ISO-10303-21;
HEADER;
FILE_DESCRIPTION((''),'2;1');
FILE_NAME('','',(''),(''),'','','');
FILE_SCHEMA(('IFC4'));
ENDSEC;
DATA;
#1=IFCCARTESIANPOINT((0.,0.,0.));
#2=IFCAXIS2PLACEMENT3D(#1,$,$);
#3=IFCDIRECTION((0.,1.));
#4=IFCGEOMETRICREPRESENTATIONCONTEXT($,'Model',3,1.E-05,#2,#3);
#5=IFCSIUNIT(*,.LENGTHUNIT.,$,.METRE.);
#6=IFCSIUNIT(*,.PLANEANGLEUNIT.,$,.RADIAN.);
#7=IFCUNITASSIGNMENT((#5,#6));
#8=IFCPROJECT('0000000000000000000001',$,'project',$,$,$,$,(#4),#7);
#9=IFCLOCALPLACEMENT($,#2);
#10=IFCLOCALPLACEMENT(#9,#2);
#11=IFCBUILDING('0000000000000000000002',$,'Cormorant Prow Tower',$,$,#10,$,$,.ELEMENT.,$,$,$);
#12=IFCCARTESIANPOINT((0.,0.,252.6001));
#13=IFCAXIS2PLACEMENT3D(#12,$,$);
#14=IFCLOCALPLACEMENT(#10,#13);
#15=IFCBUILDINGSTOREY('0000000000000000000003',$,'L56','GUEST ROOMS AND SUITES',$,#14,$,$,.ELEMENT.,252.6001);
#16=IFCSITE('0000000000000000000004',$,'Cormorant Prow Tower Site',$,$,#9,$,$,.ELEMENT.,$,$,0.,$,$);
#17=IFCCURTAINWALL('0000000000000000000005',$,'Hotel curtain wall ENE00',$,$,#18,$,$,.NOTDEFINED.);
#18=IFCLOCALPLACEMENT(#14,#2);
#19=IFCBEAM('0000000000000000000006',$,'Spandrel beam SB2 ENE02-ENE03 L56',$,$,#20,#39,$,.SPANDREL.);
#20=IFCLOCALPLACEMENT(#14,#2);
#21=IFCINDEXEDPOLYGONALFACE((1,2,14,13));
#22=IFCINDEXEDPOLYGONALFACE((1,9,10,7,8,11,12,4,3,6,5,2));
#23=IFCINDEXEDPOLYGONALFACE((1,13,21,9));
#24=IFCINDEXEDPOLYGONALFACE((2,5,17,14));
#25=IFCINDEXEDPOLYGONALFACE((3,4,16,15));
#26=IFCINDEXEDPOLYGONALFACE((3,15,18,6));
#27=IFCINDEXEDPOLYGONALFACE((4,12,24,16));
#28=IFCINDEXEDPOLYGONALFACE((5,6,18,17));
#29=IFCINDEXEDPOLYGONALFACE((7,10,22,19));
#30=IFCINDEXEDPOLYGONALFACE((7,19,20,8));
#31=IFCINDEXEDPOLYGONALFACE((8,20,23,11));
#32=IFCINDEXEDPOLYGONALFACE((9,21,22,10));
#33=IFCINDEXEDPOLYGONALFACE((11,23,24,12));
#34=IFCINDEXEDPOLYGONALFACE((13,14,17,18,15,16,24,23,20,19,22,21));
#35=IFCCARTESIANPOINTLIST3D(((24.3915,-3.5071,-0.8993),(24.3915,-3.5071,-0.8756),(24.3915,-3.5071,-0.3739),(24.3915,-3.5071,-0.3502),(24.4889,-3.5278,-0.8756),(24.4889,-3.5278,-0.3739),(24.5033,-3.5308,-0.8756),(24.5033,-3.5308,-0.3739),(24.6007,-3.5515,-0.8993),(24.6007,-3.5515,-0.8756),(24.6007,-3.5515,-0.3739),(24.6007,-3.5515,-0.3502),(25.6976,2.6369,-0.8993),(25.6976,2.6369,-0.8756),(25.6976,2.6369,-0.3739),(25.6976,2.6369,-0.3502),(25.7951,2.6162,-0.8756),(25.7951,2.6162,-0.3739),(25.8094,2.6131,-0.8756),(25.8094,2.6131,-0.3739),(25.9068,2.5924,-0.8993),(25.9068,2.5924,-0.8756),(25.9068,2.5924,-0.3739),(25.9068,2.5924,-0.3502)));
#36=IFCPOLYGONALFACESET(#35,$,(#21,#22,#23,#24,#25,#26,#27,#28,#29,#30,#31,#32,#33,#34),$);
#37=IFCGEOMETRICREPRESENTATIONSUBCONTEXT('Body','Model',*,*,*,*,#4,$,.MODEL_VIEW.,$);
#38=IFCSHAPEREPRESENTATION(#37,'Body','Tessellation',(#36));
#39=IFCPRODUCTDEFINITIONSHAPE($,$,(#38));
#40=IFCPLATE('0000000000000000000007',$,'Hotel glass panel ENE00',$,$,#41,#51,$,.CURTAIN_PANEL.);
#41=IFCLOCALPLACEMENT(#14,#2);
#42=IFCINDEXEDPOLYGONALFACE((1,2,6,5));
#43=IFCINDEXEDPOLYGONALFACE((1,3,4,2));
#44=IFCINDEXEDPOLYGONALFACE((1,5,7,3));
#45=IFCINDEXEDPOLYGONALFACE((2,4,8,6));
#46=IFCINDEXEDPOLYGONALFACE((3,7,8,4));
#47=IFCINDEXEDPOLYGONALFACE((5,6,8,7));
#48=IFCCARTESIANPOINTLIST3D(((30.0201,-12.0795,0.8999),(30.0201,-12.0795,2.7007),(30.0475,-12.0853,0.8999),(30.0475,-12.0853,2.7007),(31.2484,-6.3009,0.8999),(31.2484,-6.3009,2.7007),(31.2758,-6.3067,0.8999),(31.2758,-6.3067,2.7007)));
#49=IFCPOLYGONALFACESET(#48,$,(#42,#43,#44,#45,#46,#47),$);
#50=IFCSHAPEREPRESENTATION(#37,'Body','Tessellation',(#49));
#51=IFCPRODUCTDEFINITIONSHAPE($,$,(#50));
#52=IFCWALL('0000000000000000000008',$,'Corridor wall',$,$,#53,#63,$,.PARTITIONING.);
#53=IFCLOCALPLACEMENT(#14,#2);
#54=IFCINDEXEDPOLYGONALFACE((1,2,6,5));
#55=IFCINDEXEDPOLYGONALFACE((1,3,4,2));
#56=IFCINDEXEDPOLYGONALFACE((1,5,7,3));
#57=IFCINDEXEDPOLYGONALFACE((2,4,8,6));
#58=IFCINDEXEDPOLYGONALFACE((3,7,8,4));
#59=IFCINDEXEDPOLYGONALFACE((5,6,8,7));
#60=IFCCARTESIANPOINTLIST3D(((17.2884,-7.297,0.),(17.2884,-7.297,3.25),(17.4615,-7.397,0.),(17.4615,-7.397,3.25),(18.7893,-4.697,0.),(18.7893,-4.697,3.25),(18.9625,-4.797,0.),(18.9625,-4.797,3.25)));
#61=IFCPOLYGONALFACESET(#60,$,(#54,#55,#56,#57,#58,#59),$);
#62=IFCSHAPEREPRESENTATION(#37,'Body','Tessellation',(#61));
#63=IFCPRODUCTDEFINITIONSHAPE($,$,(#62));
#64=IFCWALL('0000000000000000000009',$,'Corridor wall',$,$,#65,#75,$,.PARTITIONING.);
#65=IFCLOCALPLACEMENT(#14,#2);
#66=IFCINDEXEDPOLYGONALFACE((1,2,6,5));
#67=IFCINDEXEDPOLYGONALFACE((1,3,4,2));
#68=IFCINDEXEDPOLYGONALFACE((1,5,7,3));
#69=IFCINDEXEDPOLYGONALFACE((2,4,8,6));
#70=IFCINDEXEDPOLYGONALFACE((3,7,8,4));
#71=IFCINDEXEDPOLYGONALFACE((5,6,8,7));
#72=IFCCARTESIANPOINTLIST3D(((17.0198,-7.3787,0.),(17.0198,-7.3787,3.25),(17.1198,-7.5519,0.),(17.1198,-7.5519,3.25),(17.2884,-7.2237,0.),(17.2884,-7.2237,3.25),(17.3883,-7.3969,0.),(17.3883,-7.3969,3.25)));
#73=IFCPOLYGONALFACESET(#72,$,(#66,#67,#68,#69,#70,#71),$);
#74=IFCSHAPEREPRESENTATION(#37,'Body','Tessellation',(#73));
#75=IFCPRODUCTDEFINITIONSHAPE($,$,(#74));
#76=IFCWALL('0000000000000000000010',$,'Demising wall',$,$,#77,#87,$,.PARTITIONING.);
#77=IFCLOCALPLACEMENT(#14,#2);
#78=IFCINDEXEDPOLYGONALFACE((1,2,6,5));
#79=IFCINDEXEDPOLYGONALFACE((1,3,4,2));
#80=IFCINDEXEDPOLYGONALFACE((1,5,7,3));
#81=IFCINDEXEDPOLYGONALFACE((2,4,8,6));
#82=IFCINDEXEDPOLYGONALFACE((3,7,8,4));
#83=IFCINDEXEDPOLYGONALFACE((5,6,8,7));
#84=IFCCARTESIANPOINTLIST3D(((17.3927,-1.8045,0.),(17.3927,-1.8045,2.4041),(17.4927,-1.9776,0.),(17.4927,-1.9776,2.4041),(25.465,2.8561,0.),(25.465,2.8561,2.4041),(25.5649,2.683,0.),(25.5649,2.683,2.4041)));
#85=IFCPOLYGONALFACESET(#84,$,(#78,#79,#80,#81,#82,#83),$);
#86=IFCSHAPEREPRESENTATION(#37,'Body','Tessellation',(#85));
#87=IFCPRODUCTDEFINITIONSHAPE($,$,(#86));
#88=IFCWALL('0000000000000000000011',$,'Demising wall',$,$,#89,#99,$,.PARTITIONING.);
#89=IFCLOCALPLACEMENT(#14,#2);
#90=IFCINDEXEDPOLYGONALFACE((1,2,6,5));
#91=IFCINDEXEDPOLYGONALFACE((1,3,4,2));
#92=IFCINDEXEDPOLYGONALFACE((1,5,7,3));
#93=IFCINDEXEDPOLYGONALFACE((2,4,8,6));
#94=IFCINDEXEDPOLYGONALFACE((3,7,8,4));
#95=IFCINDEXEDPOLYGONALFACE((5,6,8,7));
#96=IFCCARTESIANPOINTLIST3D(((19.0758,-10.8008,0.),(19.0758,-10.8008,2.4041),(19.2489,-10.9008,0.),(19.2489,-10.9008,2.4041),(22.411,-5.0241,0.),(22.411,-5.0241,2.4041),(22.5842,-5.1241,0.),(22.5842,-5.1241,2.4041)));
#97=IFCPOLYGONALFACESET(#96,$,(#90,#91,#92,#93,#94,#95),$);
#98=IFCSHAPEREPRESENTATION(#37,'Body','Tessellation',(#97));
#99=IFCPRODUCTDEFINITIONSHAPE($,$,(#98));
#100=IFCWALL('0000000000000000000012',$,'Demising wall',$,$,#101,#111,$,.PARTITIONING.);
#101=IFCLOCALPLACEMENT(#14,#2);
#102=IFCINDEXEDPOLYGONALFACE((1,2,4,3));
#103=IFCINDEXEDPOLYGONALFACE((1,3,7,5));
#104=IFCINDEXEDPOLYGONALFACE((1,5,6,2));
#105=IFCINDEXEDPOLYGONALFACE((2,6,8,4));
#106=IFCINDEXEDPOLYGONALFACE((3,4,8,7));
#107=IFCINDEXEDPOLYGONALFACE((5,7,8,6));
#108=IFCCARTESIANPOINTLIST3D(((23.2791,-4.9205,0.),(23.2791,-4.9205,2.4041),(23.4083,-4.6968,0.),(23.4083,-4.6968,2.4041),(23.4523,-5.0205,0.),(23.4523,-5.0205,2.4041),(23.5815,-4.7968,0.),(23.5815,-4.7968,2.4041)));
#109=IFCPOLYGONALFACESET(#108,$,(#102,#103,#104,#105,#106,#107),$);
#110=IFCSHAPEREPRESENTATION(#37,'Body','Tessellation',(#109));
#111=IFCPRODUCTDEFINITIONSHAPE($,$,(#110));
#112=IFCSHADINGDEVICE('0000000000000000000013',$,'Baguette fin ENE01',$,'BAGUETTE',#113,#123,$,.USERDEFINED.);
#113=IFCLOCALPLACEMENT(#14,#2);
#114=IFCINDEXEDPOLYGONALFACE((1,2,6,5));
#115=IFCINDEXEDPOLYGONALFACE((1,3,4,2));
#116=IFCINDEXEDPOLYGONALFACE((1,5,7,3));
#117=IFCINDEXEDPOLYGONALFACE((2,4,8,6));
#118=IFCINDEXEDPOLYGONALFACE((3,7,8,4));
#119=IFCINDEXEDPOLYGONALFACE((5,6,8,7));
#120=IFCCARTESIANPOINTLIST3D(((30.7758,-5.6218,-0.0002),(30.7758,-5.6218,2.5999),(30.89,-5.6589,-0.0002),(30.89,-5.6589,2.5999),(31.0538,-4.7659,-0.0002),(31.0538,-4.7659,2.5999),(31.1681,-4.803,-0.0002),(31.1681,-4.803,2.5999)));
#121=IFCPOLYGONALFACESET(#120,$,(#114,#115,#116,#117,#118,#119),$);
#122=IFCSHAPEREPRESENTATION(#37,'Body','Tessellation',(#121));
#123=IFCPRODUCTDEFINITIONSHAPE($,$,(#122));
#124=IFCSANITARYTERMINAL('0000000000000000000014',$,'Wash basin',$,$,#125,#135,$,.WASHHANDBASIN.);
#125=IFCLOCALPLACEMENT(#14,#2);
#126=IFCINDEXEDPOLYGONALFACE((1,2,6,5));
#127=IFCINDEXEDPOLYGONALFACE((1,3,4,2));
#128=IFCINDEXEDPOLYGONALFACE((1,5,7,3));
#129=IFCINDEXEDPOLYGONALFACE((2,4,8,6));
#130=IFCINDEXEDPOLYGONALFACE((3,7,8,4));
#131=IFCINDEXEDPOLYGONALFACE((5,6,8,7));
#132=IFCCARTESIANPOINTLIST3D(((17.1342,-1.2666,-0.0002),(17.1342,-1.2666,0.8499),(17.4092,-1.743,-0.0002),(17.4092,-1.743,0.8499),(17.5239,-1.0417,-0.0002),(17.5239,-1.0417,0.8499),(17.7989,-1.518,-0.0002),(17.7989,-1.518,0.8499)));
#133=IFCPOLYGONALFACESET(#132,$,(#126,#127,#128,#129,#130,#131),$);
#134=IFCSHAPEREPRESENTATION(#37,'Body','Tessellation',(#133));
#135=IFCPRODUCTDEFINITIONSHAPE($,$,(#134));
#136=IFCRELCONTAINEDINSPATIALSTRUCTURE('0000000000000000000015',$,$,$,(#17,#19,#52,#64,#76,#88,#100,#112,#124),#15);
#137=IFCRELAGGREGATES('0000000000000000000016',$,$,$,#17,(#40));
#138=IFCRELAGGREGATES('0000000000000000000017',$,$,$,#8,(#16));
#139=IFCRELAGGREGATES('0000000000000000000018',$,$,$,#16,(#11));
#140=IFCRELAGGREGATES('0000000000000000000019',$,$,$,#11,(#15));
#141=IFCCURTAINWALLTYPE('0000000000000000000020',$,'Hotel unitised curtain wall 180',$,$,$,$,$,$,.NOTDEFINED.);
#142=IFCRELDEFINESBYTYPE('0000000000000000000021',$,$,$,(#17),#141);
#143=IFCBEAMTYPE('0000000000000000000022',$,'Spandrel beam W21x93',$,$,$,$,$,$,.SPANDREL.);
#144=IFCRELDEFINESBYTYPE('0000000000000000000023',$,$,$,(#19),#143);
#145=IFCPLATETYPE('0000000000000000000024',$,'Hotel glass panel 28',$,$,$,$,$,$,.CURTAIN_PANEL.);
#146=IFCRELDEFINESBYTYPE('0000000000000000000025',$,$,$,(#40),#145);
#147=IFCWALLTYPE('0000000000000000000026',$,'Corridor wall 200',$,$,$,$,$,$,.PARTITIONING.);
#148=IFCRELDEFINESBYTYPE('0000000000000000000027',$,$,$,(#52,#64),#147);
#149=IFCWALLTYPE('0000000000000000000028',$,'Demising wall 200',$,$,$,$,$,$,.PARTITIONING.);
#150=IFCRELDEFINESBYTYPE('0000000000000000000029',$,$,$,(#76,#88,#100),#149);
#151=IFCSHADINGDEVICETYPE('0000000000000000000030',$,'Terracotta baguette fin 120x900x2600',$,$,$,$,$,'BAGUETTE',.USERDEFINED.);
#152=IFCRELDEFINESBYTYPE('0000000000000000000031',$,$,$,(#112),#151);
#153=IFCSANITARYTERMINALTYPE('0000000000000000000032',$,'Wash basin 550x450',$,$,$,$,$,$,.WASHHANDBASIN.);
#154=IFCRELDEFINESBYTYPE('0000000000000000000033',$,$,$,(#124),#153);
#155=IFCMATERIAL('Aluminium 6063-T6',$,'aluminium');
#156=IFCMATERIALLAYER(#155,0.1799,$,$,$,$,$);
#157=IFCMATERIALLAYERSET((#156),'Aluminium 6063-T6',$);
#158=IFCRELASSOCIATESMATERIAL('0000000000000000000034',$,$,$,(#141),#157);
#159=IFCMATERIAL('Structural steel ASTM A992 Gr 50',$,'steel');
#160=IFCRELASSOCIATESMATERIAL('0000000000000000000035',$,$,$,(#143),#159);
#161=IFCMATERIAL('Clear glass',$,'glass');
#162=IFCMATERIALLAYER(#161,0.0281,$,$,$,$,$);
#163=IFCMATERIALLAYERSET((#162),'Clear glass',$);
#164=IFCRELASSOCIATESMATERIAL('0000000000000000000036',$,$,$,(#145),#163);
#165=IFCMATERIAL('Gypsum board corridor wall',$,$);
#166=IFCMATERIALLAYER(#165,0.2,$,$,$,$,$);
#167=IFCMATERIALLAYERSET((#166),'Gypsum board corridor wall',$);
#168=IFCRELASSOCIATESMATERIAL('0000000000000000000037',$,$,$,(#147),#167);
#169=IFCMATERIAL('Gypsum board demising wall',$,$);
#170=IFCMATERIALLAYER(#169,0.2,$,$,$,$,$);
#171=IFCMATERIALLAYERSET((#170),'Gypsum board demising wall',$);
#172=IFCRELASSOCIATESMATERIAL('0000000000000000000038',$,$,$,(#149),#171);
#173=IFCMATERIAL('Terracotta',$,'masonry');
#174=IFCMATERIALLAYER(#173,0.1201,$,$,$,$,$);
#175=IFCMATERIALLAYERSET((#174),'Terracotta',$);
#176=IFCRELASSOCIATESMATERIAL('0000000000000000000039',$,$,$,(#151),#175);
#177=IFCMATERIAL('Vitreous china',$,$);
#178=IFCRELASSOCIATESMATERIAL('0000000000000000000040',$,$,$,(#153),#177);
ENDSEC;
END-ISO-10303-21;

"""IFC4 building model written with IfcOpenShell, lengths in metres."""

from ifc_helpers import new_model, si_unit, direction, frame, frame_2d, origin, origin_2d, place, context, subcontext, project, spatial, rectangle, i_section, extrude, material, layer, layer_set, material_profile, profile_set, type_object, element, aggregate, save


model = new_model("IFC4")

# Units and contexts
model_context = context("Model", 3, precision=1e-05, world=origin(), true_north=direction((0.0, 1.0)))
body_context = subcontext(model_context, "Body", "Model", "MODEL_VIEW")
ifc_project = project(units=[si_unit("LENGTHUNIT", "METRE"), si_unit("PLANEANGLEUNIT", "RADIAN")], contexts=[model_context])

# Site, building, storey
site_placement = place(None, origin())
site = spatial("IfcSite", under=ifc_project, at=site_placement, Name="Cormorant Prow Tower Site", CompositionType="ELEMENT", RefElevation=0.0)
building_placement = place(site_placement, origin())
building = spatial("IfcBuilding", under=site, at=building_placement, Name="Cormorant Prow Tower", CompositionType="ELEMENT")
storey_placement = place(building_placement, frame((0.0, 0.0, 252.6001)))
storey = spatial("IfcBuildingStorey", under=building, at=storey_placement, Name="L56", Description="GUEST ROOMS AND SUITES", CompositionType="ELEMENT", Elevation=252.6001)

# Curtain wall
ifc_material_1 = material(Name="Aluminium 6063-T6", Category="aluminium")
ifc_layer_1 = layer(ifc_material_1, 0.1799)
ifc_layer_set_1 = layer_set([ifc_layer_1], Name="Aluminium 6063-T6")
curtain_wall_type = type_object("IfcCurtainWallType", Name="Hotel unitised curtain wall 180", PredefinedType="NOTDEFINED", material=ifc_layer_set_1)
curtain_wall_1_placement = place(storey_placement, origin())
curtain_wall_1 = element("IfcCurtainWall", 1, at=curtain_wall_1_placement, inside=storey, type_object=curtain_wall_type, Name="Hotel curtain wall ENE00", PredefinedType="NOTDEFINED")

# Beam
ifc_material_2 = material(Name="Structural steel ASTM A992 Gr 50", Category="steel")
ifc_material_profile_1 = material_profile(ifc_material_2, i_section(OverallWidth=0.2139, OverallDepth=0.5491, WebThickness=0.0146, FlangeThickness=0.0237, at=origin_2d()), Name="W21x93")
ifc_profile_set_1 = profile_set([ifc_material_profile_1], Name="Structural steel ASTM A992 Gr 50")
beam_type_1 = type_object("IfcBeamType", Name="Spandrel beam W21x93", PredefinedType="SPANDREL", material=ifc_profile_set_1)
for number, where, z_axis, x_axis, name in (
    (2, (24.4961, -3.5293, -0.6248), (0.207941, 0.978141, 0.0), (-0.978141, 0.207941, 0.0), "Spandrel beam SB2 ENE02-ENE03 L56"),
):
    element("IfcBeam", number, at=place(storey_placement, frame(where, z_axis=z_axis, x_axis=x_axis)), inside=storey, type_object=beam_type_1, Name=name, PredefinedType="SPANDREL", context=body_context, shape_type="SweptSolid", body=[
        extrude(i_section(OverallWidth=0.2139, OverallDepth=0.5491, WebThickness=0.0146, FlangeThickness=0.0237, at=origin_2d()), origin(), (0.0, 0.0, 1.0), 6.2812),
    ])

# Plate
ifc_material_3 = material(Name="Clear glass", Category="glass")
ifc_layer_2 = layer(ifc_material_3, 0.0281)
ifc_layer_set_2 = layer_set([ifc_layer_2], Name="Clear glass")
plate_type = type_object("IfcPlateType", Name="Hotel glass panel 28", PredefinedType="CURTAIN_PANEL", material=ifc_layer_set_2)
plate_placement = place(storey_placement, frame((30.6479, -9.1931, 0.8999), z_axis=(0.0, 0.0, 1.0), x_axis=(0.207912, 0.978148, 0.0)))
plate = element("IfcPlate", 3, at=plate_placement, type_object=plate_type, Name="Hotel glass panel ENE00", PredefinedType="CURTAIN_PANEL", context=body_context, shape_type="SweptSolid", body=[
    extrude(rectangle(XDim=5.9077, YDim=0.0281, at=origin_2d()), origin(), (0.0, 0.0, 1.0), 1.8008),
])
aggregate(curtain_wall_1, [plate])

# Walls
ifc_material_4 = material(Name="Gypsum board corridor wall")
ifc_layer_3 = layer(ifc_material_4, 0.2)
ifc_layer_set_3 = layer_set([ifc_layer_3], Name="Gypsum board corridor wall")
wall_type_1 = type_object("IfcWallType", Name="Corridor wall 200", PredefinedType="PARTITIONING", material=ifc_layer_set_3)
wall_1_placement = place(storey_placement, frame((17.375, -7.3469, 0.0), z_axis=(0.0, 0.0, 1.0), x_axis=(0.499952, 0.866053, 0.0)))
element("IfcWall", 4, at=wall_1_placement, inside=storey, type_object=wall_type_1, Name="Corridor wall", PredefinedType="PARTITIONING", context=body_context, shape_type="SweptSolid", body=[
    extrude(rectangle(XDim=3.0022, YDim=0.2, at=frame_2d((1.501, 0.0))), origin(), (0.0, 0.0, 1.0), 3.25),
])
wall_2_placement = place(storey_placement, frame((17.0698, -7.4653, 0.0), z_axis=(0.0, 0.0, 1.0), x_axis=(0.866054, 0.49995, 0.0)))
element("IfcWall", 5, at=wall_2_placement, inside=storey, type_object=wall_type_1, Name="Corridor wall", PredefinedType="PARTITIONING", context=body_context, shape_type="SweptSolid", body=[
    extrude(rectangle(XDim=0.3101, YDim=0.2, at=frame_2d((0.155, 0.0))), origin(), (0.0, 0.0, 1.0), 3.25),
])
ifc_material_5 = material(Name="Gypsum board demising wall")
ifc_layer_4 = layer(ifc_material_5, 0.2)
ifc_layer_set_4 = layer_set([ifc_layer_4], Name="Gypsum board demising wall")
wall_type_2 = type_object("IfcWallType", Name="Demising wall 200", PredefinedType="PARTITIONING", material=ifc_layer_set_4)
wall_3_placement = place(storey_placement, frame((17.4426, -1.8911, 0.0), z_axis=(0.0, 0.0, 1.0), x_axis=(0.86602, 0.50001, 0.0)))
element("IfcWall", 6, at=wall_3_placement, inside=storey, type_object=wall_type_2, Name="Demising wall", PredefinedType="PARTITIONING", context=body_context, shape_type="SweptSolid", body=[
    extrude(rectangle(XDim=9.321, YDim=0.2, at=frame_2d((4.6606, 0.0))), origin(), (0.0, 0.0, 1.0), 2.4041),
])
wall_4_placement = place(storey_placement, frame((19.1624, -10.8508, 0.0), z_axis=(0.0, 0.0, 1.0), x_axis=(0.500009, 0.86602, 0.0)))
element("IfcWall", 7, at=wall_4_placement, inside=storey, type_object=wall_type_2, Name="Demising wall", PredefinedType="PARTITIONING", context=body_context, shape_type="SweptSolid", body=[
    extrude(rectangle(XDim=6.6704, YDim=0.2, at=frame_2d((3.3352, 0.0))), origin(), (0.0, 0.0, 1.0), 2.4041),
])
wall_5_placement = place(storey_placement, frame((23.3657, -4.9705, 0.0), z_axis=(0.0, 0.0, 1.0), x_axis=(0.500104, 0.865965, 0.0)))
element("IfcWall", 8, at=wall_5_placement, inside=storey, type_object=wall_type_2, Name="Demising wall", PredefinedType="PARTITIONING", context=body_context, shape_type="SweptSolid", body=[
    extrude(rectangle(XDim=0.2583, YDim=0.2, at=frame_2d((0.1292, 0.0))), origin(), (0.0, 0.0, 1.0), 2.4041),
])

# Shading device
ifc_material_6 = material(Name="Terracotta", Category="masonry")
ifc_layer_5 = layer(ifc_material_6, 0.1201)
ifc_layer_set_5 = layer_set([ifc_layer_5], Name="Terracotta")
shading_device_type = type_object("IfcShadingDeviceType", Name="Terracotta baguette fin 120x900x2600", ElementType="BAGUETTE", PredefinedType="USERDEFINED", material=ifc_layer_set_5)
shading_device_placement = place(storey_placement, frame((30.9719, -5.2124, -0.0002), z_axis=(0.0, 0.0, 1.0), x_axis=(-0.951057, 0.309017, 0.0)))
element("IfcShadingDevice", 9, at=shading_device_placement, inside=storey, type_object=shading_device_type, Name="Baguette fin ENE01", ObjectType="BAGUETTE", PredefinedType="USERDEFINED", context=body_context, shape_type="SweptSolid", body=[
    extrude(rectangle(XDim=0.1201, YDim=0.8999, at=origin_2d()), origin(), (0.0, 0.0, 1.0), 2.6001),
])

# Sanitary terminal
ifc_material_7 = material(Name="Vitreous china")
sanitary_terminal_type = type_object("IfcSanitaryTerminalType", Name="Wash basin 550x450", PredefinedType="WASHHANDBASIN", material=ifc_material_7)
sanitary_terminal_placement = place(storey_placement, frame((17.4666, -1.3923, -0.0002), z_axis=(0.0, 0.0, 1.0), x_axis=(-0.5, 0.866025, 0.0)))
element("IfcSanitaryTerminal", 10, at=sanitary_terminal_placement, inside=storey, type_object=sanitary_terminal_type, Name="Wash basin", PredefinedType="WASHHANDBASIN", context=body_context, shape_type="SweptSolid", body=[
    extrude(rectangle(XDim=0.55, YDim=0.45, at=origin_2d()), origin(), (0.0, 0.0, 1.0), 0.8501),
])

save(model, "model.ifc")
